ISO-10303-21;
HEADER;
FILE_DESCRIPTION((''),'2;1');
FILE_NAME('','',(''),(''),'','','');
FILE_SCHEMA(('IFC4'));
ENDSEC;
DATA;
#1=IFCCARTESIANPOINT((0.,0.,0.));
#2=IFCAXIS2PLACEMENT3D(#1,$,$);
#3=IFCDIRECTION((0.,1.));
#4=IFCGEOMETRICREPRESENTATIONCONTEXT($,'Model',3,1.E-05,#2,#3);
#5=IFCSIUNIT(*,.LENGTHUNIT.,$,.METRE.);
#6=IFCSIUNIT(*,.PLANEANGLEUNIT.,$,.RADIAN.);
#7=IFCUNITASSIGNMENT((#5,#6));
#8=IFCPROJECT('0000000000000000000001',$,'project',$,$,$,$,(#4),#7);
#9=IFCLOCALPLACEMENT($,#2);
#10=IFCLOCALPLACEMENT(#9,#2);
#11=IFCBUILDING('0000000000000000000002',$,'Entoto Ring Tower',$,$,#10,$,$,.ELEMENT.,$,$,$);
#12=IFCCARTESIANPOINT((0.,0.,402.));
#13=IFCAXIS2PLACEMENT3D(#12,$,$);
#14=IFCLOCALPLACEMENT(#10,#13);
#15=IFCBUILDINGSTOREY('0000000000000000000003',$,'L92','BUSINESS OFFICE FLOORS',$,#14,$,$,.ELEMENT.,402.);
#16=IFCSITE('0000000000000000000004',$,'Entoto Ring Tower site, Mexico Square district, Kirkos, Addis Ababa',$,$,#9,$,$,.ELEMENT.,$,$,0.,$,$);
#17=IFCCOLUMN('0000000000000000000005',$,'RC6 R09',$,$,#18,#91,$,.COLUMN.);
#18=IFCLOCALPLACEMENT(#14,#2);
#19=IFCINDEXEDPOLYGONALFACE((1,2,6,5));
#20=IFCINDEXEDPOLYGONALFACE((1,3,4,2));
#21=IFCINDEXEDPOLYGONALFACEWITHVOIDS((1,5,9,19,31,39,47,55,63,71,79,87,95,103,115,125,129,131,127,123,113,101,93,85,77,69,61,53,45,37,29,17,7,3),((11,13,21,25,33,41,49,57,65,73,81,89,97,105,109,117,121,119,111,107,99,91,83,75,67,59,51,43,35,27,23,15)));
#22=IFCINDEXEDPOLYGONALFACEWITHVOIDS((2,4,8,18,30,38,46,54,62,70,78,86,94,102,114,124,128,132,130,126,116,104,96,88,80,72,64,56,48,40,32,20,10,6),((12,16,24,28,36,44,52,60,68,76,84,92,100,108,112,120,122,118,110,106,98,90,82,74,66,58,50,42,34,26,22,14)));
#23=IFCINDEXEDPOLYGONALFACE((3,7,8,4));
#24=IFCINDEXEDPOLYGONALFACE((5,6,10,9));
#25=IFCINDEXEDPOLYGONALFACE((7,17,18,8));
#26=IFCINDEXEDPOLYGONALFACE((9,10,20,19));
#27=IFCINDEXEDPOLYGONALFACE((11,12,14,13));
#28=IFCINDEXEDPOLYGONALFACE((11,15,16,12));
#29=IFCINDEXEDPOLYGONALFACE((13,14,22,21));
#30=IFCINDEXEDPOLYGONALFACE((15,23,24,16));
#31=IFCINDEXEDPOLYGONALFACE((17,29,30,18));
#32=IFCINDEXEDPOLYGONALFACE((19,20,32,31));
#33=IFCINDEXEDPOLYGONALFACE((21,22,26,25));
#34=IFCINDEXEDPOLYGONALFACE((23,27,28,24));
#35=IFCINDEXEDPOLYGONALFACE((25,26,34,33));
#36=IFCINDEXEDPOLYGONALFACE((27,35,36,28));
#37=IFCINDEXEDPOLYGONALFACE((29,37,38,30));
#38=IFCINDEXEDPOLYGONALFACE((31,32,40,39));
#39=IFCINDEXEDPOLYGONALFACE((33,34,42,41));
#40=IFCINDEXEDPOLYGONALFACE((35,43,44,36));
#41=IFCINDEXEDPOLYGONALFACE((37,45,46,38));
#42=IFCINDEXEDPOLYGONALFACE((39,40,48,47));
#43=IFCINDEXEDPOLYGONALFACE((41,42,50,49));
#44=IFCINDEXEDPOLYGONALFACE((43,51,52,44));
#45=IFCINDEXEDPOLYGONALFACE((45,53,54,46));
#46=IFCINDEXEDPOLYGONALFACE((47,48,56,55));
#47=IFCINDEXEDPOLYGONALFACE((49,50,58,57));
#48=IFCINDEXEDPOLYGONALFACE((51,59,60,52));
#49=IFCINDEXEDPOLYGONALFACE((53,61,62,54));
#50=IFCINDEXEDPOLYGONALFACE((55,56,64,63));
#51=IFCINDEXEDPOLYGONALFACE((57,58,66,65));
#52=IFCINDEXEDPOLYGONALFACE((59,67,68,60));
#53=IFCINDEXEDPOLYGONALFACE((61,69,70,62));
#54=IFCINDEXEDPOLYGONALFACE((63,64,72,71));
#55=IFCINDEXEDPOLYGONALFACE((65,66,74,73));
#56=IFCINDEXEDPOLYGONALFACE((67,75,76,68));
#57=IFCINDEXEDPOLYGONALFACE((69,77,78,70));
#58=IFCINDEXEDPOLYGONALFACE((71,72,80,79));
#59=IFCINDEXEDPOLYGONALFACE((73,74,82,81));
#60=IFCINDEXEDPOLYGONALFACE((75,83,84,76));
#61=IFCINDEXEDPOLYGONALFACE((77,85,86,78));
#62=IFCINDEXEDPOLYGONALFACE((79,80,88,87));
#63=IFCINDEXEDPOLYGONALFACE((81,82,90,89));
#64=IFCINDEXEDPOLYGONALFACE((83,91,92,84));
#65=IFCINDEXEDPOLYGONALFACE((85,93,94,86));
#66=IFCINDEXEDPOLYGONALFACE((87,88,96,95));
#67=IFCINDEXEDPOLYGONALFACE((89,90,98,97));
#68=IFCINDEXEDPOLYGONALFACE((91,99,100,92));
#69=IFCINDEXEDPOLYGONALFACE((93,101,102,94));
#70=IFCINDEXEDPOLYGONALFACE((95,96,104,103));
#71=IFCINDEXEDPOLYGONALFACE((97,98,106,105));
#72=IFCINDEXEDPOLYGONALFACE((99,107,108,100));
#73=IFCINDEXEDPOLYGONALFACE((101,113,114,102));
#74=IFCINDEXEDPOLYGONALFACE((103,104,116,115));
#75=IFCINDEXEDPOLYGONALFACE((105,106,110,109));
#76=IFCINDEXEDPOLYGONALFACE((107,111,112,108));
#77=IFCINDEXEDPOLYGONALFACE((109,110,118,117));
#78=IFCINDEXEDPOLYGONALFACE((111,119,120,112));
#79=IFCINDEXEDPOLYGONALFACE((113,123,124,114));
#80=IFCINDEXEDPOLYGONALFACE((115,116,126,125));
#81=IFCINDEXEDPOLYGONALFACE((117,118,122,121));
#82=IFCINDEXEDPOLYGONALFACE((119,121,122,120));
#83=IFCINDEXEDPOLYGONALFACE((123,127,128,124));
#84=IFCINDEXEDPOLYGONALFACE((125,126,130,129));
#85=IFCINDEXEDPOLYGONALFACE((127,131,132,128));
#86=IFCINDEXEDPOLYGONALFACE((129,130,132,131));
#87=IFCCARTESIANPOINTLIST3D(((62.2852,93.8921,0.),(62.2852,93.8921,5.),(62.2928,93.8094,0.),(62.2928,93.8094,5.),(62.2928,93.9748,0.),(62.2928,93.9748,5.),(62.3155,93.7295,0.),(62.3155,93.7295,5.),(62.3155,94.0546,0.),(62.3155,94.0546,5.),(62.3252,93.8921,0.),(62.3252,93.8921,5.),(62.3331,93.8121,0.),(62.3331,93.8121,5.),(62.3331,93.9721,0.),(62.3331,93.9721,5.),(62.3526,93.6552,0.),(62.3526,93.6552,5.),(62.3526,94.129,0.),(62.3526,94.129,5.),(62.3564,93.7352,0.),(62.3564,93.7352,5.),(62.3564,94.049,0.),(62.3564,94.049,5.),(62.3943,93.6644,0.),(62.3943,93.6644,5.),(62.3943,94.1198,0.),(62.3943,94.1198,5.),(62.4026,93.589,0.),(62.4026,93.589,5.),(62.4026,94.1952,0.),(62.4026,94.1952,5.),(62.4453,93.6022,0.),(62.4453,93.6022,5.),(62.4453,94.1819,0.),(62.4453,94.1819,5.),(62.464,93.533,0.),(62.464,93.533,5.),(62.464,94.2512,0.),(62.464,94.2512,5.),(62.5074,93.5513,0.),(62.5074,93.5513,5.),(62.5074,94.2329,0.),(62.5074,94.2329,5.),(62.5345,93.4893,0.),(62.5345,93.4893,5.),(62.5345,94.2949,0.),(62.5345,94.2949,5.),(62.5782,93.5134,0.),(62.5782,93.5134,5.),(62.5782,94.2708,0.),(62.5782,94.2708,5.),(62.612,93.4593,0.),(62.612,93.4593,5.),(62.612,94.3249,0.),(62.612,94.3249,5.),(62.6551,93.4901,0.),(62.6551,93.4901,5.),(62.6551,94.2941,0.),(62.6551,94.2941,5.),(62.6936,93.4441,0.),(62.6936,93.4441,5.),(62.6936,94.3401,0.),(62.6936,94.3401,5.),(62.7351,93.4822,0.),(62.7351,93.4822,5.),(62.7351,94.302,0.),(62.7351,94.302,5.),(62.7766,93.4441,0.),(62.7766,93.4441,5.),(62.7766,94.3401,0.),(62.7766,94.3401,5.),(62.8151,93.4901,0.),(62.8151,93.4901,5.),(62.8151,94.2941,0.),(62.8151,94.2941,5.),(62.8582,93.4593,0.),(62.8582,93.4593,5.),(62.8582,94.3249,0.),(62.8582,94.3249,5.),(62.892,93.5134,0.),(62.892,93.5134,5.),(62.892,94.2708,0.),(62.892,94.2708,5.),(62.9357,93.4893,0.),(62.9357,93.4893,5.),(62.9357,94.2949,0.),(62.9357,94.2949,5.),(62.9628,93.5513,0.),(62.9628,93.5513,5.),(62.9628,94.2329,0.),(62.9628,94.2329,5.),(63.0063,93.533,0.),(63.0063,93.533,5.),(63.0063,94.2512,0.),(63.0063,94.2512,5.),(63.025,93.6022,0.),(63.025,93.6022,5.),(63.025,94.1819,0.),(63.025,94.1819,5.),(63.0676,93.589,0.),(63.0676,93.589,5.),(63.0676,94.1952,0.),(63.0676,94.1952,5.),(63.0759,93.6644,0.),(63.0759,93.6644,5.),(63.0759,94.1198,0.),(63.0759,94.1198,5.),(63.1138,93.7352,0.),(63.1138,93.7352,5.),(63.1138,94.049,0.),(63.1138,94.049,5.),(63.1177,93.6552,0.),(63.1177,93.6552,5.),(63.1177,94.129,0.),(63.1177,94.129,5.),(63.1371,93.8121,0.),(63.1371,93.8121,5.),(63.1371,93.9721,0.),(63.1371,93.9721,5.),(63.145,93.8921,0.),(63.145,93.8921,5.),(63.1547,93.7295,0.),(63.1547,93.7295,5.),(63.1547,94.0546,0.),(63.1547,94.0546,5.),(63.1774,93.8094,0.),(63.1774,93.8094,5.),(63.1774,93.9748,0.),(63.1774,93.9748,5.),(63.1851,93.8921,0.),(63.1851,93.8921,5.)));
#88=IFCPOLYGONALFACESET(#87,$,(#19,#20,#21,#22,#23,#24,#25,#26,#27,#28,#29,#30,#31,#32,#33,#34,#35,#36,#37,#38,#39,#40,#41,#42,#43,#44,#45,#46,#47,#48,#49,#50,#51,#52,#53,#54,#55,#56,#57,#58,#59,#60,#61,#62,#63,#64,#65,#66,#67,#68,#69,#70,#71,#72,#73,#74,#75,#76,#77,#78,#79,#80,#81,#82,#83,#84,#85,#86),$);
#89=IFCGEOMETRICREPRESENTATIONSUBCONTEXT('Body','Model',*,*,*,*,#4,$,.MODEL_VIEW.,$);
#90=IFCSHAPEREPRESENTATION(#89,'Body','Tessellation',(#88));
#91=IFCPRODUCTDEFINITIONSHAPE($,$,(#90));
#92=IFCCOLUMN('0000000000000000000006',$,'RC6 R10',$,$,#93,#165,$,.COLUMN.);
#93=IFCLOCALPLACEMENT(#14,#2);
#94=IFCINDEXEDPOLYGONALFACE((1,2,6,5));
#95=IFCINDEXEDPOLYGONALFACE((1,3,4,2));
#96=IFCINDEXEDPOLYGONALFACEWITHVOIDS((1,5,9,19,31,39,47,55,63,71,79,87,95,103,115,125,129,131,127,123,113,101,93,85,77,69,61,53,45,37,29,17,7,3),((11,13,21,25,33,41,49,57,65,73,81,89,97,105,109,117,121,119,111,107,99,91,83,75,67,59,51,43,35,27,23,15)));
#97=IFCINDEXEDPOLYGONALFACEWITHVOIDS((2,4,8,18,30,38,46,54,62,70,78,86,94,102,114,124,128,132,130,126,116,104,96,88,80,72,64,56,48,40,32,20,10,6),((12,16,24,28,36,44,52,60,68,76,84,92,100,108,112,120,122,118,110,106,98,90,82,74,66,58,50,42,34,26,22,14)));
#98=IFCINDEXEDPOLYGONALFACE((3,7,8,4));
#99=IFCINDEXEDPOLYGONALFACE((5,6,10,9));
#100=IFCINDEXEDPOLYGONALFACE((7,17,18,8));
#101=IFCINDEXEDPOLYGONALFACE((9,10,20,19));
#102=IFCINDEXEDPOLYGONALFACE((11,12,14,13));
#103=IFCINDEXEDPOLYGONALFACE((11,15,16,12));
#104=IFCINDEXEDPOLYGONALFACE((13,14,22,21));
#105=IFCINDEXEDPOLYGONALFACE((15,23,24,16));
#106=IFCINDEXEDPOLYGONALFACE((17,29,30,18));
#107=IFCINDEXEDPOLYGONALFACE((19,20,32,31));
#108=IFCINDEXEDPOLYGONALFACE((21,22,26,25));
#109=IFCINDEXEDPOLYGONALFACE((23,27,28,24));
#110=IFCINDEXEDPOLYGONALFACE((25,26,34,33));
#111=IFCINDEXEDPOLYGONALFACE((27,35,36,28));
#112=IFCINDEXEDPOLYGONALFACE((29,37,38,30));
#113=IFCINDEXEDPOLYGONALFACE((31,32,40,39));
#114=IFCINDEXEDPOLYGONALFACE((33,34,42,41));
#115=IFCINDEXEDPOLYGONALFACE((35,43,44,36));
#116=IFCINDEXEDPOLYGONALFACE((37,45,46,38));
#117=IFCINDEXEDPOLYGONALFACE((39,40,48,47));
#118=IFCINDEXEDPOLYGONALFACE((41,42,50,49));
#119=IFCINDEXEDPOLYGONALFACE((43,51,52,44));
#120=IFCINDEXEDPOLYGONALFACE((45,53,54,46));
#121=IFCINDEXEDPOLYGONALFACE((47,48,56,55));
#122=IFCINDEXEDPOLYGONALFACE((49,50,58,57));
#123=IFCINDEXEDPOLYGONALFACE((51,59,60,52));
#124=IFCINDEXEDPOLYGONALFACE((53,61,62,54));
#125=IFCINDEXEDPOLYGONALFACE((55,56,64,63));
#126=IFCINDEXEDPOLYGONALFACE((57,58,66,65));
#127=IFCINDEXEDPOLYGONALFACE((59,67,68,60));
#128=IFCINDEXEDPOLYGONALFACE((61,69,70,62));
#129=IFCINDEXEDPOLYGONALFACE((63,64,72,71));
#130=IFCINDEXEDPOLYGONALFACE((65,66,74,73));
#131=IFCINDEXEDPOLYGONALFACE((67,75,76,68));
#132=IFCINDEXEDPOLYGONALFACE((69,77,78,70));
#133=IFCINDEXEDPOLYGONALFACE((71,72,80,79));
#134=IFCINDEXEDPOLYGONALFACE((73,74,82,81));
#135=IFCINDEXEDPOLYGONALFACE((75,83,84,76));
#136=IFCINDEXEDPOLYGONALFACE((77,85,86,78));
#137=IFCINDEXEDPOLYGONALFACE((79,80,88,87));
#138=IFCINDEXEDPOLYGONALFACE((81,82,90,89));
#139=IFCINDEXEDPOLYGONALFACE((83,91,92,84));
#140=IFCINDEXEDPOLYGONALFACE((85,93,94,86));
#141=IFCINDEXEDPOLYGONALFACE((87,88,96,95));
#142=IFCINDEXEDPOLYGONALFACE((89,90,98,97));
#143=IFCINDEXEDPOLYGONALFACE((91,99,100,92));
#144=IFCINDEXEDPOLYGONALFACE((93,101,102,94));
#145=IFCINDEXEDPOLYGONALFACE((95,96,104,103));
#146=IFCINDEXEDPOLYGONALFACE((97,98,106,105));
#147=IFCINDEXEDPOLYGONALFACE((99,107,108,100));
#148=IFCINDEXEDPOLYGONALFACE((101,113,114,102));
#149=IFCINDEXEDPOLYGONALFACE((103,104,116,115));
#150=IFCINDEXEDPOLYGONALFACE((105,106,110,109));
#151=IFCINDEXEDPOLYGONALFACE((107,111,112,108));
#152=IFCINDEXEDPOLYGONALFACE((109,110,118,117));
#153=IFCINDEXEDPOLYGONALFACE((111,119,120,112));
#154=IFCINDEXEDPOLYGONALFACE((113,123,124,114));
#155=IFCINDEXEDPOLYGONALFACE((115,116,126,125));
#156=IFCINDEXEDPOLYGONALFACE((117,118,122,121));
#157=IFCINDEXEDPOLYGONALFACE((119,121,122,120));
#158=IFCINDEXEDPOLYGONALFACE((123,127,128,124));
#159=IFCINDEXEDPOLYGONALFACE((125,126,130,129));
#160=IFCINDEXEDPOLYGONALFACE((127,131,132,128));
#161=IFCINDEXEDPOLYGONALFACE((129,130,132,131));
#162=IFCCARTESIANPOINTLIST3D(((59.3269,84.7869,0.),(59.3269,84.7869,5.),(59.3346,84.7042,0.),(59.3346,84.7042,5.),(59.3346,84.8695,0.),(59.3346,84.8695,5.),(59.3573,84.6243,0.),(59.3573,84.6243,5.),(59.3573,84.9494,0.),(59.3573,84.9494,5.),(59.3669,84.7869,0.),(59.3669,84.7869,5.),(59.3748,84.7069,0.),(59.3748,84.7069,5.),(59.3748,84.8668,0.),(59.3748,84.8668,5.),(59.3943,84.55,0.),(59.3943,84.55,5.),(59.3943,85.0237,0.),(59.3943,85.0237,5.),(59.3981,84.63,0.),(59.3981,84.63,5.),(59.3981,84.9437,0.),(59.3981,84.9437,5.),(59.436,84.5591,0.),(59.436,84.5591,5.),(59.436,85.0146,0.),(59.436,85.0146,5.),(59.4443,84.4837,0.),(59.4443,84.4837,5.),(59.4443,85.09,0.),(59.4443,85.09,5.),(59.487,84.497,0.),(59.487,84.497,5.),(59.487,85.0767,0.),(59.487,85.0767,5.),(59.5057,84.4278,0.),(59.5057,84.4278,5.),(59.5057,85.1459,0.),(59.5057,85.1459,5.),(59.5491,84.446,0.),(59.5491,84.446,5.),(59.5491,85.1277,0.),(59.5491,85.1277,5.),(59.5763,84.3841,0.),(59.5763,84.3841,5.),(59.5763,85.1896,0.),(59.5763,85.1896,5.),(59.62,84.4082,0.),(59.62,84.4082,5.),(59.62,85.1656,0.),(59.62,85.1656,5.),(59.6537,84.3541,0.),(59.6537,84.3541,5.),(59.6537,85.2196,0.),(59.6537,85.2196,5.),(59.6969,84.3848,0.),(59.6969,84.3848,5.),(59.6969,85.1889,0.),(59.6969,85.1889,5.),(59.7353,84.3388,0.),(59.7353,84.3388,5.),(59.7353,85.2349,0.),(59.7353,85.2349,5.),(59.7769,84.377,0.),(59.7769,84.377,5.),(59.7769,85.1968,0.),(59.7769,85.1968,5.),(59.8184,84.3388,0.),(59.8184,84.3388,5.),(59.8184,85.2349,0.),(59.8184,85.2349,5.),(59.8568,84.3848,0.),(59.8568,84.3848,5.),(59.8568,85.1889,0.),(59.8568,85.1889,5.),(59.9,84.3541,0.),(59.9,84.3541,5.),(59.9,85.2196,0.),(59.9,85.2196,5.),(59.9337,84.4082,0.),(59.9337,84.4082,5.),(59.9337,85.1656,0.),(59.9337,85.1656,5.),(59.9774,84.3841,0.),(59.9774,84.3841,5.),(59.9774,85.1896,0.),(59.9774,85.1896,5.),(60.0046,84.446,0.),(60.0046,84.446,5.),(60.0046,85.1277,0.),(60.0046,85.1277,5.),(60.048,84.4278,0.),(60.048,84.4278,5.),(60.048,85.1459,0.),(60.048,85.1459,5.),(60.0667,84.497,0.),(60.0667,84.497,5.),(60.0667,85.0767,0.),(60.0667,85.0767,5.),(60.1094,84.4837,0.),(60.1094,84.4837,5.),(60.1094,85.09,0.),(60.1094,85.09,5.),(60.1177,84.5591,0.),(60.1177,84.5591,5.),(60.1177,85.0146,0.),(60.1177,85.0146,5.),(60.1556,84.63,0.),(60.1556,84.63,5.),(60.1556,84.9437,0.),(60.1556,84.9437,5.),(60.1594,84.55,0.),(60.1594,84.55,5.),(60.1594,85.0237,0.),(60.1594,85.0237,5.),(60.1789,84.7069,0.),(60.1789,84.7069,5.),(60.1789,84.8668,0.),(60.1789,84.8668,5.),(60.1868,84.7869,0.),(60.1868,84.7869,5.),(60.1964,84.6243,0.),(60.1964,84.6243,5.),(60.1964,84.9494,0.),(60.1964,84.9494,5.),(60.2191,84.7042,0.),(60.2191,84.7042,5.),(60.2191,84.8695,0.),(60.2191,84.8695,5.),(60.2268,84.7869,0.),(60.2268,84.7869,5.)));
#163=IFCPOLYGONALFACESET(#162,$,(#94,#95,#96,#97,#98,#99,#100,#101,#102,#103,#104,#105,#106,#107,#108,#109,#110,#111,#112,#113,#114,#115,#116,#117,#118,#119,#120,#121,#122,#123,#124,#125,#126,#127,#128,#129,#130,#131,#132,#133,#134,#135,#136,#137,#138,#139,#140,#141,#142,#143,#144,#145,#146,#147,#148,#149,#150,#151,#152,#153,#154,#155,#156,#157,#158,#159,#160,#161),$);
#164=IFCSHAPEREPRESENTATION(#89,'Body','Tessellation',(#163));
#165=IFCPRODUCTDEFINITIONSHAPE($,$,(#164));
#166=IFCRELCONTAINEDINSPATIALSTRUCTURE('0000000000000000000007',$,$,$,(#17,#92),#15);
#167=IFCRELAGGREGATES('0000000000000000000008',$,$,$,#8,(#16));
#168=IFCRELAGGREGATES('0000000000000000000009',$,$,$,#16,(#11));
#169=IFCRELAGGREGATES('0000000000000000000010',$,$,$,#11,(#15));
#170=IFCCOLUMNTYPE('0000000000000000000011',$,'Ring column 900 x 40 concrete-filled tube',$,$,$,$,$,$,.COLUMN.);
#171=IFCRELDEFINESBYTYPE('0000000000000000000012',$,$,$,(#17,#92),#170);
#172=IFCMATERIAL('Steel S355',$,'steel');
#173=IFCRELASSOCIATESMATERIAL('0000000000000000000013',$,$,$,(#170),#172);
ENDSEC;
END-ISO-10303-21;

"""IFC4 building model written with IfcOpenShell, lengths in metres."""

from ifc_helpers import new_model, si_unit, direction, frame, origin, origin_2d, place, context, subcontext, project, spatial, circle, hollow_circle, extrude, material, material_profile, profile_set, type_object, element, save


model = new_model("IFC4")

# Units and contexts
model_context = context("Model", 3, precision=1e-05, world=origin(), true_north=direction((0.0, 1.0)))
body_context = subcontext(model_context, "Body", "Model", "MODEL_VIEW")
ifc_project = project(units=[si_unit("LENGTHUNIT", "METRE"), si_unit("PLANEANGLEUNIT", "RADIAN")], contexts=[model_context])

# Site, building, storey
site_placement = place(None, origin())
site = spatial("IfcSite", under=ifc_project, at=site_placement, Name="Entoto Ring Tower site, Mexico Square district, Kirkos, Addis Ababa", CompositionType="ELEMENT", RefElevation=0.0)
building_placement = place(site_placement, origin())
building = spatial("IfcBuilding", under=site, at=building_placement, Name="Entoto Ring Tower", CompositionType="ELEMENT")
storey_placement = place(building_placement, frame((0.0, 0.0, 402.0)))
storey = spatial("IfcBuildingStorey", under=building, at=storey_placement, Name="L92", Description="BUSINESS OFFICE FLOORS", CompositionType="ELEMENT", Elevation=402.0)

# Columns
ifc_material_1 = material(Name="Steel S355", Category="steel")
ifc_material_profile_1 = material_profile(ifc_material_1, hollow_circle(Radius=0.45, WallThickness=0.04, at=origin_2d()), Name="CHS 900 x 40")
ifc_material_2 = material(Name="Concrete C60/75", Category="concrete")
ifc_material_profile_2 = material_profile(ifc_material_2, circle(Radius=0.4099, at=origin_2d()), Name="Concrete C60/75 infill")
ifc_profile_set_1 = profile_set([ifc_material_profile_1, ifc_material_profile_2], Name="Steel S355")
column_type = type_object("IfcColumnType", Name="Ring column 900 x 40 concrete-filled tube", PredefinedType="COLUMN", material=ifc_profile_set_1)
for number, where, z_axis, x_axis, name in (
    (1, (62.7351, 93.8921, 0.0), (0.0, 0.0, 1.0), (1.0, 0.0, 0.0), "RC6 R09"),
    (2, (59.7769, 84.7869, 0.0), (0.0, 0.0, 1.0), (1.0, 0.0, 0.0), "RC6 R10"),
):
    element("IfcColumn", number, at=place(storey_placement, frame(where, z_axis=z_axis, x_axis=x_axis)), inside=storey, type_object=column_type, Name=name, PredefinedType="COLUMN", context=body_context, shape_type="SweptSolid", body=[
        extrude(hollow_circle(Radius=0.45, WallThickness=0.04, at=origin_2d()), origin(), (0.0, 0.0, 1.0), 5.0),
    ])

save(model, "model.ifc")
